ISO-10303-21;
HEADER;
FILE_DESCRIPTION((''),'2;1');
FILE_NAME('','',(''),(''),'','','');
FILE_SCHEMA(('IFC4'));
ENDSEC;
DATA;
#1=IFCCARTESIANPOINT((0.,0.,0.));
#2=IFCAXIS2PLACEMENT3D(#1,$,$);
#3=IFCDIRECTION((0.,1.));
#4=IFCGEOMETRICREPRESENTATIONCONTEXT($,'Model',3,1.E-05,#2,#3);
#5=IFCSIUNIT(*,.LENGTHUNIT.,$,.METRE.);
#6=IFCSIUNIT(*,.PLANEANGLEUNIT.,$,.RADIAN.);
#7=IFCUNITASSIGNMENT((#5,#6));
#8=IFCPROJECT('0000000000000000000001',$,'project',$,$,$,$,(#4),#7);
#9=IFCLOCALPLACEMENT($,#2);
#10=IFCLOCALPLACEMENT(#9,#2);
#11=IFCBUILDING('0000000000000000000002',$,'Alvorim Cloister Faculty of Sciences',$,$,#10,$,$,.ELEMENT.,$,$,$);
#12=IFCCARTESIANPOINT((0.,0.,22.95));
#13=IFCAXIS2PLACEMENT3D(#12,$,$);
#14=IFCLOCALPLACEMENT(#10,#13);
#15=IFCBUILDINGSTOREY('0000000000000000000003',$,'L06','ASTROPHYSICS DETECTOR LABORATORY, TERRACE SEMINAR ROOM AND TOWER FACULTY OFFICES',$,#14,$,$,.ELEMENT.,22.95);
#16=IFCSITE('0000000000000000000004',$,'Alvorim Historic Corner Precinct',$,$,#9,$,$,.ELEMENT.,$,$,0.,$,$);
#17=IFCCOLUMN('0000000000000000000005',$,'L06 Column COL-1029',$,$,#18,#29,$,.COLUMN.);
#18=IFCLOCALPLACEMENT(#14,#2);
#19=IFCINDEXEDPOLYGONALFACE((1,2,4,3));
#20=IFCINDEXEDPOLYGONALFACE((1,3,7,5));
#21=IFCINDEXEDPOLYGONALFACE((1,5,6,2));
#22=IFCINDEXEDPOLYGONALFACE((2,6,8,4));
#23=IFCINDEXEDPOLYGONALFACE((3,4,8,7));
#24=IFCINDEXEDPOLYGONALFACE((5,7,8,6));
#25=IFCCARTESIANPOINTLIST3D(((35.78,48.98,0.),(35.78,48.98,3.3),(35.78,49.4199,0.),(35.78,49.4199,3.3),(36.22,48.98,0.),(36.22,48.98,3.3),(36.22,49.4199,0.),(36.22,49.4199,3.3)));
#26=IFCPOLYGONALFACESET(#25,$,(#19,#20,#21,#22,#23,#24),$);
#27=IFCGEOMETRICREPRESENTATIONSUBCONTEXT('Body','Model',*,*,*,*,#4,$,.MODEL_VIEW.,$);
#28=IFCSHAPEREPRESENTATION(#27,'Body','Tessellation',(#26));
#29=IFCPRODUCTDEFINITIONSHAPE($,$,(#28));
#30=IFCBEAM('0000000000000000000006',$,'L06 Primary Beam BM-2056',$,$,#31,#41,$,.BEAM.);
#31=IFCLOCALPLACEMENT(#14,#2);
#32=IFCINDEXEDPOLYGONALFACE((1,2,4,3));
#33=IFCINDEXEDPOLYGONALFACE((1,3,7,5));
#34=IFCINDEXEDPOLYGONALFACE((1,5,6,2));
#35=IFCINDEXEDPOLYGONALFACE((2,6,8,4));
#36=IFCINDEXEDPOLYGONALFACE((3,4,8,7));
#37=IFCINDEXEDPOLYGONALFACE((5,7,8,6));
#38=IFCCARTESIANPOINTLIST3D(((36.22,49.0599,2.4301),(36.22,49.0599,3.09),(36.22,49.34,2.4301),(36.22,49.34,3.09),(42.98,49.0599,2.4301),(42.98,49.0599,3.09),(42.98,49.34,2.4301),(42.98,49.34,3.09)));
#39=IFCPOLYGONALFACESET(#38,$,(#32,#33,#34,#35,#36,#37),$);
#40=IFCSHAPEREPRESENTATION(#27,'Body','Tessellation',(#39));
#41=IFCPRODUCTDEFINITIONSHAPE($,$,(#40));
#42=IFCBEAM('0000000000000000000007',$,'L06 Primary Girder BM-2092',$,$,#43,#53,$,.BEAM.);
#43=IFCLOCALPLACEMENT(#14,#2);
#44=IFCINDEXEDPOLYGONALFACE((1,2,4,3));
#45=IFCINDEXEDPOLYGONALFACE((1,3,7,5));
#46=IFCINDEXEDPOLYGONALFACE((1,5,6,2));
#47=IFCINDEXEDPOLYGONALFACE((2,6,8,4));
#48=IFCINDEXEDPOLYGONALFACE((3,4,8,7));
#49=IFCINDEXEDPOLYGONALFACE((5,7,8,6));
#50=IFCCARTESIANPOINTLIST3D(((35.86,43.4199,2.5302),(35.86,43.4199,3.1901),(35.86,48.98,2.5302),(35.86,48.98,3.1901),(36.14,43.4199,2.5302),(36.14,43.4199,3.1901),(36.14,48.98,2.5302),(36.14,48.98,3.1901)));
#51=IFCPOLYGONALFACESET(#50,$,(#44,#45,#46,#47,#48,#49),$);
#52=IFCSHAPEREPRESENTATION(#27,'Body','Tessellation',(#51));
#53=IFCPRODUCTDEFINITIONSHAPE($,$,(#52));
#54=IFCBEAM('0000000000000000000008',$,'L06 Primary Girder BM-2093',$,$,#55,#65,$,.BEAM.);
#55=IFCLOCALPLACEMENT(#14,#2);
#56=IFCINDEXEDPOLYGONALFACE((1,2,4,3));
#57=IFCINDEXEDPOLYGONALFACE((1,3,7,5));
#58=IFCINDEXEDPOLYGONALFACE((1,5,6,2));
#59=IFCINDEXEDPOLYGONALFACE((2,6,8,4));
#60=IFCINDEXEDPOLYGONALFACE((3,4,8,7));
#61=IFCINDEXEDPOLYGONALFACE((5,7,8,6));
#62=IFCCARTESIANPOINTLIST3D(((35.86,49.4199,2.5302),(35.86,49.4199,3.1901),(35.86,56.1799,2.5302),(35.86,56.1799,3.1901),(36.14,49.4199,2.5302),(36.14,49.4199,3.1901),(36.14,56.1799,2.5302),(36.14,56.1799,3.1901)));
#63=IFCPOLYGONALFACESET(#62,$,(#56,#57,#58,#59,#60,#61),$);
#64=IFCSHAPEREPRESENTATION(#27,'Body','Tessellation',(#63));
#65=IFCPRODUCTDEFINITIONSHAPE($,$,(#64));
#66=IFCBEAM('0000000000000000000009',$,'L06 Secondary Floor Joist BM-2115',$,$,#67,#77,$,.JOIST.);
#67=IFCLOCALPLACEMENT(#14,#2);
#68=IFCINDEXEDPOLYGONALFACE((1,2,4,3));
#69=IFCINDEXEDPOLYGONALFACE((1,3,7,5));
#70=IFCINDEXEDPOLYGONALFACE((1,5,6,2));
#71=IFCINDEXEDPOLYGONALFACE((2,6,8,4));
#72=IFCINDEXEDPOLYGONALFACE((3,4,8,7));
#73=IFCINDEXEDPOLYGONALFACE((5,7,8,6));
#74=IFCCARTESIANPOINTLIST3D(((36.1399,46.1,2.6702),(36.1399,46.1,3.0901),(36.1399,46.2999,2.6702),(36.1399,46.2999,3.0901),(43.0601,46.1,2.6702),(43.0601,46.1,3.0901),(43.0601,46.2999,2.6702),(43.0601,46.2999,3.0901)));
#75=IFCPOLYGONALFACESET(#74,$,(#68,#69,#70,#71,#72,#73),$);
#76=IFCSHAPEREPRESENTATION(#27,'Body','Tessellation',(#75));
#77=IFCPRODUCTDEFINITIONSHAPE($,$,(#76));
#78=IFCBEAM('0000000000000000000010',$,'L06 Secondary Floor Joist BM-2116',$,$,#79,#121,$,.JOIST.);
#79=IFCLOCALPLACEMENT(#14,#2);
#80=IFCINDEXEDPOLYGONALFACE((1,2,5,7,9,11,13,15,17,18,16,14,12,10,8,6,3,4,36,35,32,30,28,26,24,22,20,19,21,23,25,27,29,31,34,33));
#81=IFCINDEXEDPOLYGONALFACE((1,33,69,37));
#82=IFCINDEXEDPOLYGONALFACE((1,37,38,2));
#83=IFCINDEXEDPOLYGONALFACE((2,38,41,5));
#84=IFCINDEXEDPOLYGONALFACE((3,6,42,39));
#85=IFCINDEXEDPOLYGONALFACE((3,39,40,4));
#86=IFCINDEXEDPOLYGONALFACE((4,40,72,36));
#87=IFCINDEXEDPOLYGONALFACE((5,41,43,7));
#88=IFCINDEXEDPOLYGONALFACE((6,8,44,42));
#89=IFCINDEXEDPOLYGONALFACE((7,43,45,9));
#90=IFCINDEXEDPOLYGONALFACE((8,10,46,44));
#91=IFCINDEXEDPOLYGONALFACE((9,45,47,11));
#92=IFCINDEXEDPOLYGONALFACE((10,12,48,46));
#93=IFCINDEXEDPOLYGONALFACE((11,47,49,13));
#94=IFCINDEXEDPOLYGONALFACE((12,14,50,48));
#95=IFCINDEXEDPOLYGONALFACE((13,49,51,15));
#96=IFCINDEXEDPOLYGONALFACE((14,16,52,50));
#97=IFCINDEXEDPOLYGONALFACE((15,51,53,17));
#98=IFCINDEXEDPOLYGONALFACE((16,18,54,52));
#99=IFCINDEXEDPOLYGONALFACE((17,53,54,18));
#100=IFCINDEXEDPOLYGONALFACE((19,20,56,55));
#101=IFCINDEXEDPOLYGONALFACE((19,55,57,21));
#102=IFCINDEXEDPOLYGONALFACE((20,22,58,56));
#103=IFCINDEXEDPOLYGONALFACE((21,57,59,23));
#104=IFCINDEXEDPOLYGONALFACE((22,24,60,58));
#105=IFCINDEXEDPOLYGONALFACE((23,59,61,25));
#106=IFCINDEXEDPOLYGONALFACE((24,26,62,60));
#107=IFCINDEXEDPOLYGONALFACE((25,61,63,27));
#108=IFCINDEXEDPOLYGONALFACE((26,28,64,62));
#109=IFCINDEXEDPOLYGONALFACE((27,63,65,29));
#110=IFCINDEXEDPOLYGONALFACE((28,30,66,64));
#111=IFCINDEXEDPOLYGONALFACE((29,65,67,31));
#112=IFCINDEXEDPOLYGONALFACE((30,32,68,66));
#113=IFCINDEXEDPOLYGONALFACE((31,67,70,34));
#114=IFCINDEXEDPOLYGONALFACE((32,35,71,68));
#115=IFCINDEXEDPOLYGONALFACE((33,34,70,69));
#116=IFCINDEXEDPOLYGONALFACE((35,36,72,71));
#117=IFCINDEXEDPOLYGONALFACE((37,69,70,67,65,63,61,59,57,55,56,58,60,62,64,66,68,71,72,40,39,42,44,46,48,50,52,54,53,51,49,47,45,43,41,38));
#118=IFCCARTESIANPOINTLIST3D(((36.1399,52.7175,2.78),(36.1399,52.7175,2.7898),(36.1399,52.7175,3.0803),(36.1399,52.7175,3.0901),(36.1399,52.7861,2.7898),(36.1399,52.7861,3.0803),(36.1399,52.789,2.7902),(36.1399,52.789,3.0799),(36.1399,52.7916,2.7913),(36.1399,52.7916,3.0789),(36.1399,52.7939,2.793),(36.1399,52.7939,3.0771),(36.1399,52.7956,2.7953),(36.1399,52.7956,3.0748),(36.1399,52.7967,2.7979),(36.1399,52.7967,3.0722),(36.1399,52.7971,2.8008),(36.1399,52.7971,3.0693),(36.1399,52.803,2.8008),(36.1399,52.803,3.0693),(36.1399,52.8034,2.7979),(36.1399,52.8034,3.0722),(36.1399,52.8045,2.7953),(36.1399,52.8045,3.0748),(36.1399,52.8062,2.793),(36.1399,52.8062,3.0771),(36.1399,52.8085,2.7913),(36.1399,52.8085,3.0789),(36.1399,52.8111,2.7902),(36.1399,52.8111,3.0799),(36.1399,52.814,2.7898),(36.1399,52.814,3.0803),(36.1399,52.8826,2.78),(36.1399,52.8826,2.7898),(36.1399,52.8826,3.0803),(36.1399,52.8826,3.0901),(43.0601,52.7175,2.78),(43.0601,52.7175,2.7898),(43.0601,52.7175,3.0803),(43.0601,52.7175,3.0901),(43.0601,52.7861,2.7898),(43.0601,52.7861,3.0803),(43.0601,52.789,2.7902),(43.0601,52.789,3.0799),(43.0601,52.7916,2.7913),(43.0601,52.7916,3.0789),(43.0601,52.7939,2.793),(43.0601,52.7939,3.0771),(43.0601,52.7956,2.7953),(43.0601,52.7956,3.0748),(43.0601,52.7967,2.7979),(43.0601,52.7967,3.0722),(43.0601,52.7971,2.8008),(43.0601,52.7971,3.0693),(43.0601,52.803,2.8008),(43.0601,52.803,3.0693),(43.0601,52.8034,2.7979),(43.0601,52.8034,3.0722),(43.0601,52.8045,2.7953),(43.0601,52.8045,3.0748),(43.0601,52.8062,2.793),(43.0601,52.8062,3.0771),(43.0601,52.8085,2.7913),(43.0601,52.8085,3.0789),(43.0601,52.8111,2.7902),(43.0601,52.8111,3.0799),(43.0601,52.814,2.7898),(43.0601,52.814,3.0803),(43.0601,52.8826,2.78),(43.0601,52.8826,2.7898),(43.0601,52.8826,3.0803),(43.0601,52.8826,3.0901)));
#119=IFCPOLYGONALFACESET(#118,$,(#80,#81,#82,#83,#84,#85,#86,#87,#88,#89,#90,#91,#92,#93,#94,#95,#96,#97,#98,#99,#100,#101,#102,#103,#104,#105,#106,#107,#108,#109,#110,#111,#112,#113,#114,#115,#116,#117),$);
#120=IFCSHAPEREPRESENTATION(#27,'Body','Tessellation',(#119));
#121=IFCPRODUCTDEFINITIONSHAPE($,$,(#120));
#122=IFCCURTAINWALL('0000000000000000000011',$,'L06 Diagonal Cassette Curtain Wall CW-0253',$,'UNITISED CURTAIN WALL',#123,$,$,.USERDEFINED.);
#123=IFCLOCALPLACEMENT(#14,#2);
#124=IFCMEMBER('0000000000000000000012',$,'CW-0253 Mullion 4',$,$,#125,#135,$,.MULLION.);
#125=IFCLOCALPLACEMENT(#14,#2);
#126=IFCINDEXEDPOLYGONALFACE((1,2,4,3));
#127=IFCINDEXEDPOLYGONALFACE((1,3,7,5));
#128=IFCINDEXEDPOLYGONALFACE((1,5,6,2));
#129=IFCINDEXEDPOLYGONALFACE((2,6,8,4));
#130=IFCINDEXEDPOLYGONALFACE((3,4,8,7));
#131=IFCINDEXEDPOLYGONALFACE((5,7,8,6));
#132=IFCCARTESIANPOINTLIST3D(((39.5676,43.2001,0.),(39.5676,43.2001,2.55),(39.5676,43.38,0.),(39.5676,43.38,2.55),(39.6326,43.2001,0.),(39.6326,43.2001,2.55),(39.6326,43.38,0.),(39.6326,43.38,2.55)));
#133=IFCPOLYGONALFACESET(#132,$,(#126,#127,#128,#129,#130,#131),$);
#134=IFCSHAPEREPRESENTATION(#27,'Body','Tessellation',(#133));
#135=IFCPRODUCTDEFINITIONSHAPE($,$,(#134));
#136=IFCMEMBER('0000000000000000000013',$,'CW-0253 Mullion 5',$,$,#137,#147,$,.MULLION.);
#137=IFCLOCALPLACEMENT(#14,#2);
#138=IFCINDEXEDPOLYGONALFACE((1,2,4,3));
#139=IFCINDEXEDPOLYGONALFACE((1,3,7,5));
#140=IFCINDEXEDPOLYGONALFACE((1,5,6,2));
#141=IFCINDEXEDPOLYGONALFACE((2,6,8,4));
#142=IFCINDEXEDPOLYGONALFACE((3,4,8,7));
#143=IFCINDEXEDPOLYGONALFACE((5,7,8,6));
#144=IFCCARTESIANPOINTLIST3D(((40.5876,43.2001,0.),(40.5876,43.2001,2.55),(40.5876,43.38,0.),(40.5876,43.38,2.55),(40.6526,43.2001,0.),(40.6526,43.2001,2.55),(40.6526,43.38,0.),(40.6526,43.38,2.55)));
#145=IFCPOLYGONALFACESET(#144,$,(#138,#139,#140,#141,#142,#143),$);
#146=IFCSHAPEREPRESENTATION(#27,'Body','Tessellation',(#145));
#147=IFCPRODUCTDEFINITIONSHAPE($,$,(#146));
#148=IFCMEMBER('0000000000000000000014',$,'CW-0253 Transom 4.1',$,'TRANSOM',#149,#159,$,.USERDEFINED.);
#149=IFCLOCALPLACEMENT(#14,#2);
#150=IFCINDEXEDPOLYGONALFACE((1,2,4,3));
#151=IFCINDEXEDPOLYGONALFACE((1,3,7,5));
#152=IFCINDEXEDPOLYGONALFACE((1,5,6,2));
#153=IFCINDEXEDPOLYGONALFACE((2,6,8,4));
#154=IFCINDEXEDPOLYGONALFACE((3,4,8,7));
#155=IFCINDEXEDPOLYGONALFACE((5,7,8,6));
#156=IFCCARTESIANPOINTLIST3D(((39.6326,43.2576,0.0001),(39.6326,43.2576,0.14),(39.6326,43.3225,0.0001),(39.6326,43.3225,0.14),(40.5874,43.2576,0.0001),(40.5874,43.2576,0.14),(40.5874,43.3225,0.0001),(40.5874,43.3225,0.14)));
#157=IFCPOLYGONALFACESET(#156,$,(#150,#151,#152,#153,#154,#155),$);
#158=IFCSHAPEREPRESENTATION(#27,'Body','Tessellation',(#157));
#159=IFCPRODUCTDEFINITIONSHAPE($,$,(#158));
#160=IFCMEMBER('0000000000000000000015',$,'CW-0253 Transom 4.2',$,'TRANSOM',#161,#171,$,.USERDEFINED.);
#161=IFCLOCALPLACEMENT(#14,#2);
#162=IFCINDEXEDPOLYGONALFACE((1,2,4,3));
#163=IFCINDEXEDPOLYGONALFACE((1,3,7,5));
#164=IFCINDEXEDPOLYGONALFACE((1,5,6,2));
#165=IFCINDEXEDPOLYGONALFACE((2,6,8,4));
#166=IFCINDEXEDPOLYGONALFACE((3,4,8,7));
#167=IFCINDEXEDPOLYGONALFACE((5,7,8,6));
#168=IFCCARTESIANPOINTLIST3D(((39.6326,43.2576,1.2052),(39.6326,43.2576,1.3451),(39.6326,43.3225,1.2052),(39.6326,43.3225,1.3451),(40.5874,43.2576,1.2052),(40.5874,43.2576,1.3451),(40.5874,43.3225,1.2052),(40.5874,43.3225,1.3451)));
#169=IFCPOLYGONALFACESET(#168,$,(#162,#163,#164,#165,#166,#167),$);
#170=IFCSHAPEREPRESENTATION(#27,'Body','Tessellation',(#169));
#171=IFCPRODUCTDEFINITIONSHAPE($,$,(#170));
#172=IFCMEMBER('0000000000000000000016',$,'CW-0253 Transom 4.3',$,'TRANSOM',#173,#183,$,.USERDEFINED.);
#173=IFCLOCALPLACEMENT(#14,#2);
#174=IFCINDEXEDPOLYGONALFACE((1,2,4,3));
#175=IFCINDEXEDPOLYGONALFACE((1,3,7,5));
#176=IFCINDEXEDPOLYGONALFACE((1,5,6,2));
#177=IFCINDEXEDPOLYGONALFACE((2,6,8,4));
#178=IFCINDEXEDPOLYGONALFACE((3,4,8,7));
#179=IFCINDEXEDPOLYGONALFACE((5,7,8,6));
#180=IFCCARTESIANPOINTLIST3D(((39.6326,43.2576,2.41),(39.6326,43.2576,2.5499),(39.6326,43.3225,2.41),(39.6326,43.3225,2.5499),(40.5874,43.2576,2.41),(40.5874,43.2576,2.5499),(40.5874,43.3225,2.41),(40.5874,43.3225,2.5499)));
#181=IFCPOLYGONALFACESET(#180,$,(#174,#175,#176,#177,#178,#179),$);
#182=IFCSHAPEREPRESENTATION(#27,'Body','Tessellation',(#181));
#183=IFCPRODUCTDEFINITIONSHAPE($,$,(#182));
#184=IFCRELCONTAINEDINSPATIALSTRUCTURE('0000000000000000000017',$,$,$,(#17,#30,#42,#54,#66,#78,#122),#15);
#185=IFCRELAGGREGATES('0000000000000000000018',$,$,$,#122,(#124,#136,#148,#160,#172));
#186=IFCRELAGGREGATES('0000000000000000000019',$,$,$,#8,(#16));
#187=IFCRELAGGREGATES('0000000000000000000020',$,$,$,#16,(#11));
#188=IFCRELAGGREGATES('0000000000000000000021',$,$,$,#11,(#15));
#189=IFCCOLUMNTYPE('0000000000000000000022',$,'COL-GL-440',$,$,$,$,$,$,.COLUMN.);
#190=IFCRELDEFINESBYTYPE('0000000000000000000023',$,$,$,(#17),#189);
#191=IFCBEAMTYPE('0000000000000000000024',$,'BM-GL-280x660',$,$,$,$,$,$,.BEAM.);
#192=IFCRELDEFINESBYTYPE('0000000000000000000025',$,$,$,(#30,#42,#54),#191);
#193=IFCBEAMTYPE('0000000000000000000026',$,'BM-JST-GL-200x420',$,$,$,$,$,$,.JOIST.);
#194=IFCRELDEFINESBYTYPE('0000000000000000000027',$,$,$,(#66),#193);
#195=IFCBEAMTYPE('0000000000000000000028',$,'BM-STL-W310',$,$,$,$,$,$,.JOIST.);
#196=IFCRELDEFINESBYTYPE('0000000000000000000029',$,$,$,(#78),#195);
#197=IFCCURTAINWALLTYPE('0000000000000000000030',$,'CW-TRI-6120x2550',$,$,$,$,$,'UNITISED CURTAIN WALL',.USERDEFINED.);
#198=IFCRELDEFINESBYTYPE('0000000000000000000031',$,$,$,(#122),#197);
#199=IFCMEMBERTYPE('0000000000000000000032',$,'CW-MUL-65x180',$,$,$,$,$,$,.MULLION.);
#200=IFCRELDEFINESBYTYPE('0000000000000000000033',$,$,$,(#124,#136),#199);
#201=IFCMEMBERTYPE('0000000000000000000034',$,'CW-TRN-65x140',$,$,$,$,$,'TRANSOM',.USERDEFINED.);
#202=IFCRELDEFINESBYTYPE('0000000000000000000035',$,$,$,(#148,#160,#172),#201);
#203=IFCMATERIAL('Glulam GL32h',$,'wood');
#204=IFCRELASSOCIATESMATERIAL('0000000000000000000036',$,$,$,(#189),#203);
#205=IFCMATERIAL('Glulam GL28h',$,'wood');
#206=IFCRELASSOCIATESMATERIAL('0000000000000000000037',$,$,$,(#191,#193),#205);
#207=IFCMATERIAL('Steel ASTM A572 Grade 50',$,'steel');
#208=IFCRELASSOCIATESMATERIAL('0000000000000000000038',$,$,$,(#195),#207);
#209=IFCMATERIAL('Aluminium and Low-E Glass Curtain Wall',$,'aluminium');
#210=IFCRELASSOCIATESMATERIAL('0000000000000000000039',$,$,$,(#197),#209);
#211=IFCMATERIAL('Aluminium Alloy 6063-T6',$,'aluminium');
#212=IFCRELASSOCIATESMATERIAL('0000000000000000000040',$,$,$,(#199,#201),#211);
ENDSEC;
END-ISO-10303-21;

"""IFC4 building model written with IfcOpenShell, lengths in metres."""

from ifc_helpers import new_model, si_unit, direction, frame, origin, origin_2d, place, context, subcontext, project, spatial, rectangle, i_section, extrude, material, material_profile, profile_set, type_object, element, aggregate, save


model = new_model("IFC4")

# Units and contexts
model_context = context("Model", 3, precision=1e-05, world=origin(), true_north=direction((0.0, 1.0)))
body_context = subcontext(model_context, "Body", "Model", "MODEL_VIEW")
ifc_project = project(units=[si_unit("LENGTHUNIT", "METRE"), si_unit("PLANEANGLEUNIT", "RADIAN")], contexts=[model_context])

# Site, building, storey
site_placement = place(None, origin())
site = spatial("IfcSite", under=ifc_project, at=site_placement, Name="Alvorim Historic Corner Precinct", CompositionType="ELEMENT", RefElevation=0.0)
building_placement = place(site_placement, origin())
building = spatial("IfcBuilding", under=site, at=building_placement, Name="Alvorim Cloister Faculty of Sciences", CompositionType="ELEMENT")
storey_placement = place(building_placement, frame((0.0, 0.0, 22.95)))
storey = spatial("IfcBuildingStorey", under=building, at=storey_placement, Name="L06", Description="ASTROPHYSICS DETECTOR LABORATORY, TERRACE SEMINAR ROOM AND TOWER FACULTY OFFICES", CompositionType="ELEMENT", Elevation=22.95)

# Column
ifc_material_1 = material(Name="Glulam GL32h", Category="wood")
ifc_material_profile_1 = material_profile(ifc_material_1, rectangle(XDim=0.4399, YDim=0.4399, at=origin_2d()), Name="GL32-COL-440x440")
ifc_profile_set_1 = profile_set([ifc_material_profile_1], Name="Glulam GL32h")
column_type = type_object("IfcColumnType", Name="COL-GL-440", PredefinedType="COLUMN", material=ifc_profile_set_1)
column_placement = place(storey_placement, frame((36.0, 49.2, 0.0), z_axis=(0.0, 0.0, 1.0), x_axis=(1.0, 0.0, 0.0)))
element("IfcColumn", 1, at=column_placement, inside=storey, type_object=column_type, Name="L06 Column COL-1029", PredefinedType="COLUMN", context=body_context, shape_type="SweptSolid", body=[
    extrude(rectangle(XDim=0.4399, YDim=0.4399, at=origin_2d()), origin(), (0.0, 0.0, 1.0), 3.3),
])

# Beams
ifc_material_2 = material(Name="Glulam GL28h", Category="wood")
ifc_material_profile_2 = material_profile(ifc_material_2, rectangle(XDim=0.28, YDim=0.6599, at=origin_2d()), Name="GL28-BM-280x660")
ifc_profile_set_2 = profile_set([ifc_material_profile_2], Name="Glulam GL28h")
beam_type_1 = type_object("IfcBeamType", Name="BM-GL-280x660", PredefinedType="BEAM", material=ifc_profile_set_2)
beam_1_placement = place(storey_placement, frame((36.22, 49.2, 2.76), z_axis=(1.0, 0.0, 0.0), x_axis=(0.0, 1.0, 0.0)))
element("IfcBeam", 2, at=beam_1_placement, inside=storey, type_object=beam_type_1, Name="L06 Primary Beam BM-2056", PredefinedType="BEAM", context=body_context, shape_type="SweptSolid", body=[
    extrude(rectangle(XDim=0.28, YDim=0.6599, at=origin_2d()), origin(), (0.0, 0.0, 1.0), 6.76),
])
beam_2_placement = place(storey_placement, frame((36.0, 43.4199, 2.8601), z_axis=(0.0, 1.0, 0.0), x_axis=(-1.0, 0.0, 0.0)))
element("IfcBeam", 3, at=beam_2_placement, inside=storey, type_object=beam_type_1, Name="L06 Primary Girder BM-2092", PredefinedType="BEAM", context=body_context, shape_type="SweptSolid", body=[
    extrude(rectangle(XDim=0.28, YDim=0.6599, at=origin_2d()), origin(), (0.0, 0.0, 1.0), 5.5601),
])
beam_3_placement = place(storey_placement, frame((36.0, 49.4199, 2.8601), z_axis=(0.0, 1.0, 0.0), x_axis=(-1.0, 0.0, 0.0)))
element("IfcBeam", 4, at=beam_3_placement, inside=storey, type_object=beam_type_1, Name="L06 Primary Girder BM-2093", PredefinedType="BEAM", context=body_context, shape_type="SweptSolid", body=[
    extrude(rectangle(XDim=0.28, YDim=0.6599, at=origin_2d()), origin(), (0.0, 0.0, 1.0), 6.76),
])
ifc_material_profile_3 = material_profile(ifc_material_2, rectangle(XDim=0.2, YDim=0.4199, at=origin_2d()), Name="GL28-JST-200x420")
ifc_profile_set_3 = profile_set([ifc_material_profile_3], Name="Glulam GL28h")
beam_type_2 = type_object("IfcBeamType", Name="BM-JST-GL-200x420", PredefinedType="JOIST", material=ifc_profile_set_3)
beam_4_placement = place(storey_placement, frame((36.1399, 46.2, 2.8801), z_axis=(1.0, 0.0, 0.0), x_axis=(0.0, 1.0, 0.0)))
element("IfcBeam", 5, at=beam_4_placement, inside=storey, type_object=beam_type_2, Name="L06 Secondary Floor Joist BM-2115", PredefinedType="JOIST", context=body_context, shape_type="SweptSolid", body=[
    extrude(rectangle(XDim=0.2, YDim=0.4199, at=origin_2d()), origin(), (0.0, 0.0, 1.0), 6.9202),
])
ifc_material_3 = material(Name="Steel ASTM A572 Grade 50", Category="steel")
ifc_material_profile_4 = material_profile(ifc_material_3, i_section(OverallWidth=0.165, OverallDepth=0.3101, WebThickness=0.0059, FlangeThickness=0.0098, FilletRadius=0.011, at=origin_2d()), Name="W310x38.7")
ifc_profile_set_4 = profile_set([ifc_material_profile_4], Name="Steel ASTM A572 Grade 50")
beam_type_3 = type_object("IfcBeamType", Name="BM-STL-W310", PredefinedType="JOIST", material=ifc_profile_set_4)
beam_5_placement = place(storey_placement, frame((36.1399, 52.8, 2.9351), z_axis=(1.0, 0.0, 0.0), x_axis=(0.0, 1.0, 0.0)))
element("IfcBeam", 6, at=beam_5_placement, inside=storey, type_object=beam_type_3, Name="L06 Secondary Floor Joist BM-2116", PredefinedType="JOIST", context=body_context, shape_type="SweptSolid", body=[
    extrude(i_section(OverallWidth=0.165, OverallDepth=0.3101, WebThickness=0.0059, FlangeThickness=0.0098, FilletRadius=0.011, at=origin_2d()), origin(), (0.0, 0.0, 1.0), 6.9202),
])

# Curtain wall, members
ifc_material_4 = material(Name="Aluminium and Low-E Glass Curtain Wall", Category="aluminium")
curtain_wall_type = type_object("IfcCurtainWallType", Name="CW-TRI-6120x2550", ElementType="UNITISED CURTAIN WALL", PredefinedType="USERDEFINED", material=ifc_material_4)
curtain_wall_placement = place(storey_placement, origin())
curtain_wall = element("IfcCurtainWall", 7, at=curtain_wall_placement, inside=storey, type_object=curtain_wall_type, Name="L06 Diagonal Cassette Curtain Wall CW-0253", ObjectType="UNITISED CURTAIN WALL", PredefinedType="USERDEFINED")
ifc_material_5 = material(Name="Aluminium Alloy 6063-T6", Category="aluminium")
ifc_material_profile_5 = material_profile(ifc_material_5, rectangle(XDim=0.0649, YDim=0.1799, at=origin_2d()), Name="ALU-MUL-65x180")
ifc_profile_set_5 = profile_set([ifc_material_profile_5], Name="Aluminium Alloy 6063-T6")
member_type_1 = type_object("IfcMemberType", Name="CW-MUL-65x180", PredefinedType="MULLION", material=ifc_profile_set_5)
member_1_placement = place(storey_placement, frame((39.6001, 43.29, 0.0), z_axis=(0.0, 0.0, 1.0), x_axis=(1.0, 0.0, 0.0)))
member_1 = element("IfcMember", 8, at=member_1_placement, type_object=member_type_1, Name="CW-0253 Mullion 4", PredefinedType="MULLION", context=body_context, shape_type="SweptSolid", body=[
    extrude(rectangle(XDim=0.0649, YDim=0.1799, at=origin_2d()), origin(), (0.0, 0.0, 1.0), 2.55),
])
member_2_placement = place(storey_placement, frame((40.6201, 43.29, 0.0), z_axis=(0.0, 0.0, 1.0), x_axis=(1.0, 0.0, 0.0)))
member_2 = element("IfcMember", 9, at=member_2_placement, type_object=member_type_1, Name="CW-0253 Mullion 5", PredefinedType="MULLION", context=body_context, shape_type="SweptSolid", body=[
    extrude(rectangle(XDim=0.0649, YDim=0.1799, at=origin_2d()), origin(), (0.0, 0.0, 1.0), 2.55),
])
ifc_material_profile_6 = material_profile(ifc_material_5, rectangle(XDim=0.0649, YDim=0.1399, at=origin_2d()), Name="ALU-TRN-65x140")
ifc_profile_set_6 = profile_set([ifc_material_profile_6], Name="Aluminium Alloy 6063-T6")
member_type_2 = type_object("IfcMemberType", Name="CW-TRN-65x140", ElementType="TRANSOM", PredefinedType="USERDEFINED", material=ifc_profile_set_6)
member_3_placement = place(storey_placement, frame((39.6326, 43.29, 0.0701), z_axis=(1.0, 0.0, 0.0), x_axis=(0.0, 1.0, 0.0)))
member_3 = element("IfcMember", 10, at=member_3_placement, type_object=member_type_2, Name="CW-0253 Transom 4.1", ObjectType="TRANSOM", PredefinedType="USERDEFINED", context=body_context, shape_type="SweptSolid", body=[
    extrude(rectangle(XDim=0.0649, YDim=0.1399, at=origin_2d()), origin(), (0.0, 0.0, 1.0), 0.9548),
])
member_4_placement = place(storey_placement, frame((39.6326, 43.29, 1.2751), z_axis=(1.0, 0.0, 0.0), x_axis=(0.0, 1.0, 0.0)))
member_4 = element("IfcMember", 11, at=member_4_placement, type_object=member_type_2, Name="CW-0253 Transom 4.2", ObjectType="TRANSOM", PredefinedType="USERDEFINED", context=body_context, shape_type="SweptSolid", body=[
    extrude(rectangle(XDim=0.0649, YDim=0.1399, at=origin_2d()), origin(), (0.0, 0.0, 1.0), 0.9548),
])
member_5_placement = place(storey_placement, frame((39.6326, 43.29, 2.48), z_axis=(1.0, 0.0, 0.0), x_axis=(0.0, 1.0, 0.0)))
member_5 = element("IfcMember", 12, at=member_5_placement, type_object=member_type_2, Name="CW-0253 Transom 4.3", ObjectType="TRANSOM", PredefinedType="USERDEFINED", context=body_context, shape_type="SweptSolid", body=[
    extrude(rectangle(XDim=0.0649, YDim=0.1399, at=origin_2d()), origin(), (0.0, 0.0, 1.0), 0.9548),
])
aggregate(curtain_wall, [member_1, member_2, member_3, member_4, member_5])

save(model, "model.ifc")
